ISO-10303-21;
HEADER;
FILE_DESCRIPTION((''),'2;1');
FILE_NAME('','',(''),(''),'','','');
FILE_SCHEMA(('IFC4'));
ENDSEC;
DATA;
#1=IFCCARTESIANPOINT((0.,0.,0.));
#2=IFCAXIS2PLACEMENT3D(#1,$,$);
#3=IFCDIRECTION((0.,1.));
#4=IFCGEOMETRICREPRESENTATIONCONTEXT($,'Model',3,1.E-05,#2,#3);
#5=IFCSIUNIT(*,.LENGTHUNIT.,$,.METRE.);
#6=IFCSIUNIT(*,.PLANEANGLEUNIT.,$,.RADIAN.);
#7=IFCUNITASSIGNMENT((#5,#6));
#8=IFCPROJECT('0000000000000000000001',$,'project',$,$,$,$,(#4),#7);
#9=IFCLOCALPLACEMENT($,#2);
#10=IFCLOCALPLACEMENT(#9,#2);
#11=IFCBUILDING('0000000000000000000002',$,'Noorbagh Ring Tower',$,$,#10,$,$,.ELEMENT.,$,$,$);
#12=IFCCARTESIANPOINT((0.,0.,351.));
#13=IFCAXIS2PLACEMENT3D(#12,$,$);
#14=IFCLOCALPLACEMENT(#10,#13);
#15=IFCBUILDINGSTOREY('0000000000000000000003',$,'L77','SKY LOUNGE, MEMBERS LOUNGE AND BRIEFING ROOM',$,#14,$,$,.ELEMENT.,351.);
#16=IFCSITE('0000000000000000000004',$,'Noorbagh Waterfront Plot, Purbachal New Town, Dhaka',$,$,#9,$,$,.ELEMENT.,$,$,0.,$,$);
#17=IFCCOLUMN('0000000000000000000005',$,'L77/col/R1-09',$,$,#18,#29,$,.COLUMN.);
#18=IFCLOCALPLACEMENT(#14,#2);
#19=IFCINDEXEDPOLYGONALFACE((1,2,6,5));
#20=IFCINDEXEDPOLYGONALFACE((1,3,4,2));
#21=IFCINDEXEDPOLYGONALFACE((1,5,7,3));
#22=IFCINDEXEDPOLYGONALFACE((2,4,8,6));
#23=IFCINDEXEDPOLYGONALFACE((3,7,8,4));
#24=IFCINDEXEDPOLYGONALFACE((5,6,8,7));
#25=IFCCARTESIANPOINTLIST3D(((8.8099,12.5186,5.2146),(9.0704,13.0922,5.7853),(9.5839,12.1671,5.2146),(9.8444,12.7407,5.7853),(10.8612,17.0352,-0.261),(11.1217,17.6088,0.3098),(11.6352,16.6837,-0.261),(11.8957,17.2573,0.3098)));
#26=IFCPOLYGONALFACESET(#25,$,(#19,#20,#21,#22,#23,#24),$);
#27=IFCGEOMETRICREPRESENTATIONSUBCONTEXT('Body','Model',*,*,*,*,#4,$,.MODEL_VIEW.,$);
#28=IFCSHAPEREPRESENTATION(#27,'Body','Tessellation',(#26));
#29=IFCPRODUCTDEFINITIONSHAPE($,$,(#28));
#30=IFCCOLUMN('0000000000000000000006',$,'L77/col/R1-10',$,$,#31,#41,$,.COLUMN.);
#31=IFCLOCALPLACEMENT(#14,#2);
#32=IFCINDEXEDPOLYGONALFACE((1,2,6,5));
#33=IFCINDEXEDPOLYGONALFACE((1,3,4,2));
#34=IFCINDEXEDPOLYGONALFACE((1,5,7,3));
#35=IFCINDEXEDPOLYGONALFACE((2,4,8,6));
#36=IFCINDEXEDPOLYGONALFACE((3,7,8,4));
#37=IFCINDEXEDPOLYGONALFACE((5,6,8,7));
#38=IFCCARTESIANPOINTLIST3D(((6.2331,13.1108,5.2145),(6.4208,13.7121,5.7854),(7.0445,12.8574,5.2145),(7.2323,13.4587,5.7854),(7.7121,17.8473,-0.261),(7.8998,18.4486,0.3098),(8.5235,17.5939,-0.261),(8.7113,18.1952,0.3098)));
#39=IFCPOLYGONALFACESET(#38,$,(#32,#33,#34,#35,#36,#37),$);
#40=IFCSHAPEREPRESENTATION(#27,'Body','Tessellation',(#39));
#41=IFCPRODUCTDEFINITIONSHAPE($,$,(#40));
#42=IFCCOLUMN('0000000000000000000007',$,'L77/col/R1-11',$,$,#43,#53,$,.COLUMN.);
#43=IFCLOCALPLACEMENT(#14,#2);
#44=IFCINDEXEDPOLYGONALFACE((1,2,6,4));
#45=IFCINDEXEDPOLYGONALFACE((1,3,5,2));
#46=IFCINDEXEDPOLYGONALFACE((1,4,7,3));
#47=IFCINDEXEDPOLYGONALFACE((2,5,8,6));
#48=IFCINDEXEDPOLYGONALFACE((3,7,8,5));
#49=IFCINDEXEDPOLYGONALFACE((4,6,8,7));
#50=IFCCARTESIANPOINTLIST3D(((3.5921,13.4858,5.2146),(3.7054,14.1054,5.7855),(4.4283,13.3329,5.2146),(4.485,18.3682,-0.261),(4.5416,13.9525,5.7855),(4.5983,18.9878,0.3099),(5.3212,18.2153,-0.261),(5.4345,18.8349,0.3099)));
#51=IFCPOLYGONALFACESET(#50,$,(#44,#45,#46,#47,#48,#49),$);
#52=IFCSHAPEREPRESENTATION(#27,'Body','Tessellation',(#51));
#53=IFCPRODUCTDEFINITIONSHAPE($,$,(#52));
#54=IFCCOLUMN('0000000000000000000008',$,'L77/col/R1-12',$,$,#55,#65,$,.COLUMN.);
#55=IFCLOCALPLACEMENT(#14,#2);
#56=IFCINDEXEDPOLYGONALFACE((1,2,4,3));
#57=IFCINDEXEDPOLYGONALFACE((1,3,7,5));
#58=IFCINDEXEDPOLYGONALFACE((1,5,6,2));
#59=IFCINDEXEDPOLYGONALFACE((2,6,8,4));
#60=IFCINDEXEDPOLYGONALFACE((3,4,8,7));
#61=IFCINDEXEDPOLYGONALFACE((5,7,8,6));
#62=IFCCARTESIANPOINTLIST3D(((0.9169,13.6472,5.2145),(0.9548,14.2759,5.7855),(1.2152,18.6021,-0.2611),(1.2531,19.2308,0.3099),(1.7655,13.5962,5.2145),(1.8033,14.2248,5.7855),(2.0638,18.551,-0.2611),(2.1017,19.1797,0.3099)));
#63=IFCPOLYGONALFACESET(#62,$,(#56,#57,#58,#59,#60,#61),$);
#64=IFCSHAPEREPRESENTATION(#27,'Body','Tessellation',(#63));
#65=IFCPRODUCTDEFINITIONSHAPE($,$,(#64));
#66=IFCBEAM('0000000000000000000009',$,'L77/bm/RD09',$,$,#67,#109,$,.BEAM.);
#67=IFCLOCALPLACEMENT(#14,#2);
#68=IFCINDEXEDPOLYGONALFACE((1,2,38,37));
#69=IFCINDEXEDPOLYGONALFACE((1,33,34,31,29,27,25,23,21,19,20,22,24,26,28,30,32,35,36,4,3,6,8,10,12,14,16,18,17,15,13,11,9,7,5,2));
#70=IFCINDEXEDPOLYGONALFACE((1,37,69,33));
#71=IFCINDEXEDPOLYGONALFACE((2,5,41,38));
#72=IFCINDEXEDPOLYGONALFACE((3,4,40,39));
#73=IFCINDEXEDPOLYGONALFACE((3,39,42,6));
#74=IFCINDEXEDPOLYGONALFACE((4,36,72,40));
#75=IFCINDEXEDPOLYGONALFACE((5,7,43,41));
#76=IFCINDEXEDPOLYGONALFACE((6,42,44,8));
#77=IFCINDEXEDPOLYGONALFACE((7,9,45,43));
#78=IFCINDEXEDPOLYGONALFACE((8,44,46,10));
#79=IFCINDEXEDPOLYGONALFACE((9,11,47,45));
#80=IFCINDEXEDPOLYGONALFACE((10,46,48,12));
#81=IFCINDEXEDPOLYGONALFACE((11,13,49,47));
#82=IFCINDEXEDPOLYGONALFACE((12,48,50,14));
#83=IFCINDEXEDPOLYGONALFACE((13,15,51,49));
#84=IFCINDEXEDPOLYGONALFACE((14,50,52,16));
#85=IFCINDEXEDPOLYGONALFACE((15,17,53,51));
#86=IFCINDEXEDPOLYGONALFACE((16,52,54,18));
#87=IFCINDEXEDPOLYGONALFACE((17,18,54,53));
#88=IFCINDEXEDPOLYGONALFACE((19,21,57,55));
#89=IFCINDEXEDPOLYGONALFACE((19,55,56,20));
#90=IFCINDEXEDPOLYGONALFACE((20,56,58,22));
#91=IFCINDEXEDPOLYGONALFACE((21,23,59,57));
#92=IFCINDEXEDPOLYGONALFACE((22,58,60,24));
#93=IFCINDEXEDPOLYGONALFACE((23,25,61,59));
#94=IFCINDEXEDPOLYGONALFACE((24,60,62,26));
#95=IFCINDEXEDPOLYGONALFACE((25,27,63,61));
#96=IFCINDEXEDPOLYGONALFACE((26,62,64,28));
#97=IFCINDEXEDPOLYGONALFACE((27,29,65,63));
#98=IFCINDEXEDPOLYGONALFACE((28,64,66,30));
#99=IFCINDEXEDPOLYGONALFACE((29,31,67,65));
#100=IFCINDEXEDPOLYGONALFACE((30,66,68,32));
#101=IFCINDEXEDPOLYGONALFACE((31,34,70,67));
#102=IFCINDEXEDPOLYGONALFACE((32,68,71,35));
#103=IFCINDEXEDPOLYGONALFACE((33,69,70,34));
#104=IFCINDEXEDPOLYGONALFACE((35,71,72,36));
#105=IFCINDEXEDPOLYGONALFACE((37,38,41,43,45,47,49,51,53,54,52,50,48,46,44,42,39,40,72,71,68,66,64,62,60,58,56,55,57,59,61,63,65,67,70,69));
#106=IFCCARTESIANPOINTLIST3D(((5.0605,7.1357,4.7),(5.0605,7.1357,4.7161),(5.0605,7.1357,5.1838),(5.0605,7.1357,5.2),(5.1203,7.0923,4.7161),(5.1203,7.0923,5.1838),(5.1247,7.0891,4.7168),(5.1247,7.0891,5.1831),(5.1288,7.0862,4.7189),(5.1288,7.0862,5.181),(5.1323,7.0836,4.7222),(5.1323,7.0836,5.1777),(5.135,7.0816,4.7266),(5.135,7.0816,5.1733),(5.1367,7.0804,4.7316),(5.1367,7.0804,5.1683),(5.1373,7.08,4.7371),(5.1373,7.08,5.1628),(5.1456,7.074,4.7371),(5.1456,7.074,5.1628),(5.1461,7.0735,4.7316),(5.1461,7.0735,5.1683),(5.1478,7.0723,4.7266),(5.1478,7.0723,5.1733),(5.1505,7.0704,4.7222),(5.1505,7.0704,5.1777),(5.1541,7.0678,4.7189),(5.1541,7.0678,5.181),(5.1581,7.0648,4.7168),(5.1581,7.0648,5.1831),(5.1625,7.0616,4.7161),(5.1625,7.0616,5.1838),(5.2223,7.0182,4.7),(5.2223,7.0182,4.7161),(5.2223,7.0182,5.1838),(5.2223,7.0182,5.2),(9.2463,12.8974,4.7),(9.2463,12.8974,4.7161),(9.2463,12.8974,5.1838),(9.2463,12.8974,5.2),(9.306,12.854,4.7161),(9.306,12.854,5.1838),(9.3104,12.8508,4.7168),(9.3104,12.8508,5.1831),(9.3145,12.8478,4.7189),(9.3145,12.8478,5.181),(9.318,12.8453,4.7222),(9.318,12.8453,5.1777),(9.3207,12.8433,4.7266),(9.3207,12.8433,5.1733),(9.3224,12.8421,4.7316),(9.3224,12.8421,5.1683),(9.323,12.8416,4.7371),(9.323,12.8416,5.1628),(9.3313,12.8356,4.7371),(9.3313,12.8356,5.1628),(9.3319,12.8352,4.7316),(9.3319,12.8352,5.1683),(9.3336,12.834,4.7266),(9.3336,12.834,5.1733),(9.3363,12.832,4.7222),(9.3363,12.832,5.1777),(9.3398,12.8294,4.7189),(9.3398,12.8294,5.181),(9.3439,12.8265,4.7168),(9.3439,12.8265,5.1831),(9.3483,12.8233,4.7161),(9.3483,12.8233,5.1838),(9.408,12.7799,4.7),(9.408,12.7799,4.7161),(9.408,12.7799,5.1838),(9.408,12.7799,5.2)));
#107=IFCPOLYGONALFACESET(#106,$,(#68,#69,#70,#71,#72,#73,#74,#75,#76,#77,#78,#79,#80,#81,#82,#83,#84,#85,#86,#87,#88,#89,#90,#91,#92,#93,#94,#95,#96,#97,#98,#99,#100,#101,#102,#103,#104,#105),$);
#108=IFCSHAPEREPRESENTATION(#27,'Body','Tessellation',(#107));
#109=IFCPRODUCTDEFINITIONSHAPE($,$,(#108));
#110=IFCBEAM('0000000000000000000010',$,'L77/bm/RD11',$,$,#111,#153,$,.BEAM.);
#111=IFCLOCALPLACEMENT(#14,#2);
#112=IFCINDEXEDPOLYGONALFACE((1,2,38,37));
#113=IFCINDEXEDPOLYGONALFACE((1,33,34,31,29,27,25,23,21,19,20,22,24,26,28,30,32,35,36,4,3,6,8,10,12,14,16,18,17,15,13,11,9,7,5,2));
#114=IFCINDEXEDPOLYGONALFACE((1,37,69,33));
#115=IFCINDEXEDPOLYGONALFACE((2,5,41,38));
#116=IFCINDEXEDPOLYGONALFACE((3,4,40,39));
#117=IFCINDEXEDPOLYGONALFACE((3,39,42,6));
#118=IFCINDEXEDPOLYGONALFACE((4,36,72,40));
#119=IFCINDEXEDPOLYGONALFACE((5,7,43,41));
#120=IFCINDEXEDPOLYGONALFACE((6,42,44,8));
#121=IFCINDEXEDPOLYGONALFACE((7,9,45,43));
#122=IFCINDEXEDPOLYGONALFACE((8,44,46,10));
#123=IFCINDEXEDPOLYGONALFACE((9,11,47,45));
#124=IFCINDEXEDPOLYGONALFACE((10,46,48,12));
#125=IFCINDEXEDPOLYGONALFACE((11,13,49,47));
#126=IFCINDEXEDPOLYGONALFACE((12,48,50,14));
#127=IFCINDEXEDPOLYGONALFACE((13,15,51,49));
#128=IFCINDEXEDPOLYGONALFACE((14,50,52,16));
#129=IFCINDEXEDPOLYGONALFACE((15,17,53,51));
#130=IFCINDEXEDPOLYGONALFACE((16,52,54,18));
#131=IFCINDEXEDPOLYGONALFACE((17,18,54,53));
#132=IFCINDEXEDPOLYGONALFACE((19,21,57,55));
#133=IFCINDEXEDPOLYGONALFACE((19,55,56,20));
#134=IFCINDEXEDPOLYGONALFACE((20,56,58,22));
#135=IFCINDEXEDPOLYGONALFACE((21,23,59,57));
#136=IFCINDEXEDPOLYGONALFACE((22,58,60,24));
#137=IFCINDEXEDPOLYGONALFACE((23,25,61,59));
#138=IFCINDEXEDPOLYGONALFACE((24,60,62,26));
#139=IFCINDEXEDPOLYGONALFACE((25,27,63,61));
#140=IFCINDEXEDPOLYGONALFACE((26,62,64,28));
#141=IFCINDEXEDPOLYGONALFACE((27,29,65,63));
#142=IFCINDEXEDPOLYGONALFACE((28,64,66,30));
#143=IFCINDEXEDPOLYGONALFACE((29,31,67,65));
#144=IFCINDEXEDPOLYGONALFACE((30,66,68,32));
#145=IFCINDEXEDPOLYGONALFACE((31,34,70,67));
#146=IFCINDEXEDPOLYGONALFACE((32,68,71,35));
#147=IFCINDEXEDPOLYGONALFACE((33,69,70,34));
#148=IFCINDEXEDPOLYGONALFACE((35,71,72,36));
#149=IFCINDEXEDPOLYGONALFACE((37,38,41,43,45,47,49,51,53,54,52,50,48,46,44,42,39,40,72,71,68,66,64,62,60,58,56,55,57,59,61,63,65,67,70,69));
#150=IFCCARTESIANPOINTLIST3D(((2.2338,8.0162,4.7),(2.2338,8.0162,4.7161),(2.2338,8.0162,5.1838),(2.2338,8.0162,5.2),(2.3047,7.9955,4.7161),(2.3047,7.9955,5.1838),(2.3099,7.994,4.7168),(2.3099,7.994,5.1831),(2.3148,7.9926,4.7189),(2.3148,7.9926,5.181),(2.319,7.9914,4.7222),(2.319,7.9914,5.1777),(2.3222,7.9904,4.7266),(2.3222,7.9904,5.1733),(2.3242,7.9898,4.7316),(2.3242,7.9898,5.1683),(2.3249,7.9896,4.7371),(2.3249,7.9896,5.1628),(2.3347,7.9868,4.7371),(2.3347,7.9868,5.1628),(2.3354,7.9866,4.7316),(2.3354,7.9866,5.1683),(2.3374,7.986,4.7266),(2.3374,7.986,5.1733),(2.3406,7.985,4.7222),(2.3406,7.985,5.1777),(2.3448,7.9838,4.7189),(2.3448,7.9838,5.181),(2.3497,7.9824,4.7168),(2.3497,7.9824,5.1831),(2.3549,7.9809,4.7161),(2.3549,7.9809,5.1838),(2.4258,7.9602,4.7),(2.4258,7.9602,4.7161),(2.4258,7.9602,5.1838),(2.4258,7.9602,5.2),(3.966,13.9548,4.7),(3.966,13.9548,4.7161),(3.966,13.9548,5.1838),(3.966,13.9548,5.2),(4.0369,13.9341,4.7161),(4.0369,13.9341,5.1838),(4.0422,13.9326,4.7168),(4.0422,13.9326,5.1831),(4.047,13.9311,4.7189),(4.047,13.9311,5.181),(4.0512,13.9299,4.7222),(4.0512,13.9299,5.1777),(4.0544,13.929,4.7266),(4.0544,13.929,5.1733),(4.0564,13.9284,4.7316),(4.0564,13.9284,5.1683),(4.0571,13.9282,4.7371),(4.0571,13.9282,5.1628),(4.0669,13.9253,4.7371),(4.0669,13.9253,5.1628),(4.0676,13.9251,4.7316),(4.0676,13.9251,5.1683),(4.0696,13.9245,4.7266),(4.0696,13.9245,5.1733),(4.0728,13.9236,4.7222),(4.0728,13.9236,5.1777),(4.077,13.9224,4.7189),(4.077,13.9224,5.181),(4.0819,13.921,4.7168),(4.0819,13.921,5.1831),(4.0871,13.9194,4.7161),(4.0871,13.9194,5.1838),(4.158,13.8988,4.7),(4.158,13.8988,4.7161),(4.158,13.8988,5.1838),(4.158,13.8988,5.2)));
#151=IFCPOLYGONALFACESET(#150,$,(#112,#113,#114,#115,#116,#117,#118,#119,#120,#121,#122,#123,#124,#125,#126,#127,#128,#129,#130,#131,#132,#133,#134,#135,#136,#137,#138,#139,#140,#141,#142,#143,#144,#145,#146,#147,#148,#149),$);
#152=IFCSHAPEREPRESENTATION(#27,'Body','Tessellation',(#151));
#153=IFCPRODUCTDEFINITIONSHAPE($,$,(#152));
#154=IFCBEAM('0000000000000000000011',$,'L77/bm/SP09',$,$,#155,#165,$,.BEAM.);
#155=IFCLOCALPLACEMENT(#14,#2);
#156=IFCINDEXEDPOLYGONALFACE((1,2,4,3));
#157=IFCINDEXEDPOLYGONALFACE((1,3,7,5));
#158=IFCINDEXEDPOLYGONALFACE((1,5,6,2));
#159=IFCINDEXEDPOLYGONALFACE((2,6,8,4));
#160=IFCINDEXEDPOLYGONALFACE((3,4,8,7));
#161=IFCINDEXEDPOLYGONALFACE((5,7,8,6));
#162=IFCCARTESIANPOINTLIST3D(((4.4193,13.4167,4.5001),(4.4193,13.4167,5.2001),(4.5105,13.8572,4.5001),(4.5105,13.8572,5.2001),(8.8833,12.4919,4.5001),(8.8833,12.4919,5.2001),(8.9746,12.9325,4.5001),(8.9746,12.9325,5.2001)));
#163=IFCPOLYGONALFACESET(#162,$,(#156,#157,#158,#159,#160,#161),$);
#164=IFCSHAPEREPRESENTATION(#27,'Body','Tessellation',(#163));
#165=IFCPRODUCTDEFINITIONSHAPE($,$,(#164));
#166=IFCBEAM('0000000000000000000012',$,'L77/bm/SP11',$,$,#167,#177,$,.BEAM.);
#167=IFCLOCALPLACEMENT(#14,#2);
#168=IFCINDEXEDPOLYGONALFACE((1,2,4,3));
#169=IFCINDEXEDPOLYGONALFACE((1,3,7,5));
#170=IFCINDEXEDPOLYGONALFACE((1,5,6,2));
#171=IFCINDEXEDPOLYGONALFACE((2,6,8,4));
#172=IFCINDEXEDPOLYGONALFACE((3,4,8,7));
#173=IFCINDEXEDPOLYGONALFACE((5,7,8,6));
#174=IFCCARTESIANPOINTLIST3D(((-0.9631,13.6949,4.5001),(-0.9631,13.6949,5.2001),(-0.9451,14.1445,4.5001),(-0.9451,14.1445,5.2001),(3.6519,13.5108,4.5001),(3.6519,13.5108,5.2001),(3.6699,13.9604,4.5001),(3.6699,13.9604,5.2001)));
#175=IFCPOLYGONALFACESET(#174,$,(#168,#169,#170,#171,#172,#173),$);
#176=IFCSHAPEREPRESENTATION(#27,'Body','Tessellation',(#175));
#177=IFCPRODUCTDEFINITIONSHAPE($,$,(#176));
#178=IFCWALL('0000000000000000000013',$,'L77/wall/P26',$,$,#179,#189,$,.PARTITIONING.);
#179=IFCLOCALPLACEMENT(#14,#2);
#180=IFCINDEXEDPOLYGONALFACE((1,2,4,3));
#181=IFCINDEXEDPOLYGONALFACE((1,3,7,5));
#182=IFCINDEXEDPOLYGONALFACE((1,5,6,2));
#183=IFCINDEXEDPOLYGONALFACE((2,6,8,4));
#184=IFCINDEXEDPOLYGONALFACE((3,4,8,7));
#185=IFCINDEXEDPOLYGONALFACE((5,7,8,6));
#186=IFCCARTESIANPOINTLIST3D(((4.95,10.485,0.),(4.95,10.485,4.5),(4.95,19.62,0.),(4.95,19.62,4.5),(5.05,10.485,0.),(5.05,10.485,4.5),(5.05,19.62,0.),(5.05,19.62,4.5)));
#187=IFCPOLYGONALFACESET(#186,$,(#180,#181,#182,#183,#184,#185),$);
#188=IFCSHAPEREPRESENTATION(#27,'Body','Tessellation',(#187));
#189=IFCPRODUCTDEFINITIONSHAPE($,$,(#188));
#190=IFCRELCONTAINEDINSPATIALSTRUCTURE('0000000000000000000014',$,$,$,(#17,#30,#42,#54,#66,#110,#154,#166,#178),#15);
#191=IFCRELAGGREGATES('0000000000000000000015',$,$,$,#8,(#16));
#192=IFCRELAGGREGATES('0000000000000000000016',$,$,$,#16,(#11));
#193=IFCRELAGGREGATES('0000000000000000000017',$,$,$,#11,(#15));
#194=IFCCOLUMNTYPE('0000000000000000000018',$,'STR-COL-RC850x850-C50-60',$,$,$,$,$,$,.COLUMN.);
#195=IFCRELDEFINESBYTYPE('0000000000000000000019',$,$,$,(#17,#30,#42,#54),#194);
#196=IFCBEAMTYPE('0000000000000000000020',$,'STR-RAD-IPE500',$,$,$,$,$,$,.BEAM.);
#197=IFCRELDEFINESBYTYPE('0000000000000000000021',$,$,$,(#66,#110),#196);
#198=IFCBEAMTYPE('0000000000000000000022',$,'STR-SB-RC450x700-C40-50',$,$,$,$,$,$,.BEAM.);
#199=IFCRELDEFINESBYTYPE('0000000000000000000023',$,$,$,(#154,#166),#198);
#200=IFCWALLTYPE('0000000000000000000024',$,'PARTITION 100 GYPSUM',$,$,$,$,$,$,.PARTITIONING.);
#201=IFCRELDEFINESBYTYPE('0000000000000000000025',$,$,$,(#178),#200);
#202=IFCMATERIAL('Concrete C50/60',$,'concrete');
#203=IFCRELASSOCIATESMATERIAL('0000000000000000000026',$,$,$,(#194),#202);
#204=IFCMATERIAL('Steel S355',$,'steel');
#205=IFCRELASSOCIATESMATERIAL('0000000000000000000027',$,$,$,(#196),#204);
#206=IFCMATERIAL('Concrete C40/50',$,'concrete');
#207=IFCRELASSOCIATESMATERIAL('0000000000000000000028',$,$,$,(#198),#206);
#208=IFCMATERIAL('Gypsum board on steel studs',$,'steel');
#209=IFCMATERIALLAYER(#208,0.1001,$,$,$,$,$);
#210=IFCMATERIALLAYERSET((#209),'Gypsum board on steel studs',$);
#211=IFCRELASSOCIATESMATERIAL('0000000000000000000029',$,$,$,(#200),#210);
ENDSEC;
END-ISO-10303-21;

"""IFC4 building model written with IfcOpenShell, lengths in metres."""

from ifc_helpers import new_model, si_unit, direction, frame, frame_2d, origin, origin_2d, place, context, subcontext, project, spatial, rectangle, i_section, extrude, material, layer, layer_set, material_profile, profile_set, type_object, element, save


model = new_model("IFC4")

# Units and contexts
model_context = context("Model", 3, precision=1e-05, world=origin(), true_north=direction((0.0, 1.0)))
body_context = subcontext(model_context, "Body", "Model", "MODEL_VIEW")
ifc_project = project(units=[si_unit("LENGTHUNIT", "METRE"), si_unit("PLANEANGLEUNIT", "RADIAN")], contexts=[model_context])

# Site, building, storey
site_placement = place(None, origin())
site = spatial("IfcSite", under=ifc_project, at=site_placement, Name="Noorbagh Waterfront Plot, Purbachal New Town, Dhaka", CompositionType="ELEMENT", RefElevation=0.0)
building_placement = place(site_placement, origin())
building = spatial("IfcBuilding", under=site, at=building_placement, Name="Noorbagh Ring Tower", CompositionType="ELEMENT")
storey_placement = place(building_placement, frame((0.0, 0.0, 351.0)))
storey = spatial("IfcBuildingStorey", under=building, at=storey_placement, Name="L77", Description="SKY LOUNGE, MEMBERS LOUNGE AND BRIEFING ROOM", CompositionType="ELEMENT", Elevation=351.0)

# Columns
ifc_material_1 = material(Name="Concrete C50/60", Category="concrete")
ifc_material_profile_1 = material_profile(ifc_material_1, rectangle(XDim=0.8501, YDim=0.8501, at=origin_2d()), Name="RC850x850")
ifc_profile_set_1 = profile_set([ifc_material_profile_1], Name="Concrete C50/60")
column_type = type_object("IfcColumnType", Name="STR-COL-RC850x850-C50-60", PredefinedType="COLUMN", material=ifc_profile_set_1)
column_1_placement = place(storey_placement, frame((11.3784, 17.1462, 0.0244), z_axis=(-0.277631, -0.611304, 0.741099), x_axis=(0.910498, -0.413514, 0.0)))
element("IfcColumn", 1, at=column_1_placement, inside=storey, type_object=column_type, Name="L77/col/R1-09", PredefinedType="COLUMN", context=body_context, shape_type="SweptSolid", body=[
    extrude(rectangle(XDim=0.8501, YDim=0.8501, at=origin_2d()), origin(), (0.0, 0.0, 1.0), 7.3884),
])
column_2_placement = place(storey_placement, frame((8.2117, 18.0212, 0.0244), z_axis=(-0.20015, -0.640987, 0.740996), x_axis=(0.954547, -0.298059, 0.0)))
element("IfcColumn", 2, at=column_2_placement, inside=storey, type_object=column_type, Name="L77/col/R1-10", PredefinedType="COLUMN", context=body_context, shape_type="SweptSolid", body=[
    extrude(rectangle(XDim=0.8501, YDim=0.8501, at=origin_2d()), origin(), (0.0, 0.0, 1.0), 7.3894),
])
column_3_placement = place(storey_placement, frame((4.9597, 18.6016, 0.0244), z_axis=(-0.12081, -0.660641, 0.740917), x_axis=(0.983688, -0.179885, 0.0)))
element("IfcColumn", 3, at=column_3_placement, inside=storey, type_object=column_type, Name="L77/col/R1-11", PredefinedType="COLUMN", context=body_context, shape_type="SweptSolid", body=[
    extrude(rectangle(XDim=0.8501, YDim=0.8501, at=origin_2d()), origin(), (0.0, 0.0, 1.0), 7.3904),
])
column_4_placement = place(storey_placement, frame((1.6584, 18.8909, 0.0244), z_axis=(-0.040367, -0.670421, 0.740882), x_axis=(0.998192, -0.060103, 0.0)))
element("IfcColumn", 4, at=column_4_placement, inside=storey, type_object=column_type, Name="L77/col/R1-12", PredefinedType="COLUMN", context=body_context, shape_type="SweptSolid", body=[
    extrude(rectangle(XDim=0.8501, YDim=0.8501, at=origin_2d()), origin(), (0.0, 0.0, 1.0), 7.3906),
])

# Beams
ifc_material_2 = material(Name="Steel S355", Category="steel")
ifc_material_profile_2 = material_profile(ifc_material_2, i_section(OverallWidth=0.2, OverallDepth=0.5, WebThickness=0.0103, FlangeThickness=0.0161, FilletRadius=0.021, at=origin_2d()), Name="IPE500")
ifc_profile_set_2 = profile_set([ifc_material_profile_2], Name="Steel S355")
beam_type_1 = type_object("IfcBeamType", Name="STR-RAD-IPE500", PredefinedType="BEAM", material=ifc_profile_set_2)
beam_1_placement = place(storey_placement, frame((9.3271, 12.8386, 4.95), z_axis=(-0.587754, -0.80904, 0.0), x_axis=(0.80904, -0.587754, 0.0)))
element("IfcBeam", 5, at=beam_1_placement, inside=storey, type_object=beam_type_1, Name="L77/bm/RD09", PredefinedType="BEAM", context=body_context, shape_type="SweptSolid", body=[
    extrude(i_section(OverallWidth=0.2, OverallDepth=0.5, WebThickness=0.0103, FlangeThickness=0.0161, FilletRadius=0.021, at=origin_2d()), origin(), (0.0, 0.0, 1.0), 7.1216),
])
beam_2_placement = place(storey_placement, frame((4.062, 13.9268, 4.95), z_axis=(-0.280018, -0.959995, 0.0), x_axis=(0.959995, -0.280018, 0.0)))
element("IfcBeam", 6, at=beam_2_placement, inside=storey, type_object=beam_type_1, Name="L77/bm/RD11", PredefinedType="BEAM", context=body_context, shape_type="SweptSolid", body=[
    extrude(i_section(OverallWidth=0.2, OverallDepth=0.5, WebThickness=0.0103, FlangeThickness=0.0161, FilletRadius=0.021, at=origin_2d()), origin(), (0.0, 0.0, 1.0), 6.186),
])
ifc_material_3 = material(Name="Concrete C40/50", Category="concrete")
ifc_material_profile_3 = material_profile(ifc_material_3, rectangle(XDim=0.45, YDim=0.7, at=origin_2d()), Name="RC450x700")
ifc_profile_set_3 = profile_set([ifc_material_profile_3], Name="Concrete C40/50")
beam_type_2 = type_object("IfcBeamType", Name="STR-SB-RC450x700-C40-50", PredefinedType="BEAM", material=ifc_profile_set_3)
beam_3_placement = place(storey_placement, frame((8.929, 12.7122, 4.8501), z_axis=(-0.979208, 0.202857, 0.0), x_axis=(-0.202857, -0.979208, 0.0)))
element("IfcBeam", 7, at=beam_3_placement, inside=storey, type_object=beam_type_2, Name="L77/bm/SP09", PredefinedType="BEAM", context=body_context, shape_type="SweptSolid", body=[
    extrude(rectangle(XDim=0.45, YDim=0.7, at=origin_2d()), origin(), (0.0, 0.0, 1.0), 4.5588),
])
beam_4_placement = place(storey_placement, frame((3.6609, 13.7356, 4.8501), z_axis=(-0.999205, 0.039856, 0.0), x_axis=(-0.039856, -0.999205, 0.0)))
element("IfcBeam", 8, at=beam_4_placement, inside=storey, type_object=beam_type_2, Name="L77/bm/SP11", PredefinedType="BEAM", context=body_context, shape_type="SweptSolid", body=[
    extrude(rectangle(XDim=0.45, YDim=0.7, at=origin_2d()), origin(), (0.0, 0.0, 1.0), 4.6187),
])

# Wall
ifc_material_4 = material(Name="Gypsum board on steel studs", Category="steel")
ifc_layer_1 = layer(ifc_material_4, 0.1001)
ifc_layer_set_1 = layer_set([ifc_layer_1], Name="Gypsum board on steel studs")
wall_type = type_object("IfcWallType", Name="PARTITION 100 GYPSUM", PredefinedType="PARTITIONING", material=ifc_layer_set_1)
wall_placement = place(storey_placement, frame((5.0, 10.4851, 0.0), z_axis=(0.0, 0.0, 1.0), x_axis=(0.0, 1.0, 0.0)))
element("IfcWall", 9, at=wall_placement, inside=storey, type_object=wall_type, Name="L77/wall/P26", PredefinedType="PARTITIONING", context=body_context, shape_type="SweptSolid", body=[
    extrude(rectangle(XDim=9.135, YDim=0.1001, at=frame_2d((4.5674, 0.0))), origin(), (0.0, 0.0, 1.0), 4.5),
])

save(model, "model.ifc")
